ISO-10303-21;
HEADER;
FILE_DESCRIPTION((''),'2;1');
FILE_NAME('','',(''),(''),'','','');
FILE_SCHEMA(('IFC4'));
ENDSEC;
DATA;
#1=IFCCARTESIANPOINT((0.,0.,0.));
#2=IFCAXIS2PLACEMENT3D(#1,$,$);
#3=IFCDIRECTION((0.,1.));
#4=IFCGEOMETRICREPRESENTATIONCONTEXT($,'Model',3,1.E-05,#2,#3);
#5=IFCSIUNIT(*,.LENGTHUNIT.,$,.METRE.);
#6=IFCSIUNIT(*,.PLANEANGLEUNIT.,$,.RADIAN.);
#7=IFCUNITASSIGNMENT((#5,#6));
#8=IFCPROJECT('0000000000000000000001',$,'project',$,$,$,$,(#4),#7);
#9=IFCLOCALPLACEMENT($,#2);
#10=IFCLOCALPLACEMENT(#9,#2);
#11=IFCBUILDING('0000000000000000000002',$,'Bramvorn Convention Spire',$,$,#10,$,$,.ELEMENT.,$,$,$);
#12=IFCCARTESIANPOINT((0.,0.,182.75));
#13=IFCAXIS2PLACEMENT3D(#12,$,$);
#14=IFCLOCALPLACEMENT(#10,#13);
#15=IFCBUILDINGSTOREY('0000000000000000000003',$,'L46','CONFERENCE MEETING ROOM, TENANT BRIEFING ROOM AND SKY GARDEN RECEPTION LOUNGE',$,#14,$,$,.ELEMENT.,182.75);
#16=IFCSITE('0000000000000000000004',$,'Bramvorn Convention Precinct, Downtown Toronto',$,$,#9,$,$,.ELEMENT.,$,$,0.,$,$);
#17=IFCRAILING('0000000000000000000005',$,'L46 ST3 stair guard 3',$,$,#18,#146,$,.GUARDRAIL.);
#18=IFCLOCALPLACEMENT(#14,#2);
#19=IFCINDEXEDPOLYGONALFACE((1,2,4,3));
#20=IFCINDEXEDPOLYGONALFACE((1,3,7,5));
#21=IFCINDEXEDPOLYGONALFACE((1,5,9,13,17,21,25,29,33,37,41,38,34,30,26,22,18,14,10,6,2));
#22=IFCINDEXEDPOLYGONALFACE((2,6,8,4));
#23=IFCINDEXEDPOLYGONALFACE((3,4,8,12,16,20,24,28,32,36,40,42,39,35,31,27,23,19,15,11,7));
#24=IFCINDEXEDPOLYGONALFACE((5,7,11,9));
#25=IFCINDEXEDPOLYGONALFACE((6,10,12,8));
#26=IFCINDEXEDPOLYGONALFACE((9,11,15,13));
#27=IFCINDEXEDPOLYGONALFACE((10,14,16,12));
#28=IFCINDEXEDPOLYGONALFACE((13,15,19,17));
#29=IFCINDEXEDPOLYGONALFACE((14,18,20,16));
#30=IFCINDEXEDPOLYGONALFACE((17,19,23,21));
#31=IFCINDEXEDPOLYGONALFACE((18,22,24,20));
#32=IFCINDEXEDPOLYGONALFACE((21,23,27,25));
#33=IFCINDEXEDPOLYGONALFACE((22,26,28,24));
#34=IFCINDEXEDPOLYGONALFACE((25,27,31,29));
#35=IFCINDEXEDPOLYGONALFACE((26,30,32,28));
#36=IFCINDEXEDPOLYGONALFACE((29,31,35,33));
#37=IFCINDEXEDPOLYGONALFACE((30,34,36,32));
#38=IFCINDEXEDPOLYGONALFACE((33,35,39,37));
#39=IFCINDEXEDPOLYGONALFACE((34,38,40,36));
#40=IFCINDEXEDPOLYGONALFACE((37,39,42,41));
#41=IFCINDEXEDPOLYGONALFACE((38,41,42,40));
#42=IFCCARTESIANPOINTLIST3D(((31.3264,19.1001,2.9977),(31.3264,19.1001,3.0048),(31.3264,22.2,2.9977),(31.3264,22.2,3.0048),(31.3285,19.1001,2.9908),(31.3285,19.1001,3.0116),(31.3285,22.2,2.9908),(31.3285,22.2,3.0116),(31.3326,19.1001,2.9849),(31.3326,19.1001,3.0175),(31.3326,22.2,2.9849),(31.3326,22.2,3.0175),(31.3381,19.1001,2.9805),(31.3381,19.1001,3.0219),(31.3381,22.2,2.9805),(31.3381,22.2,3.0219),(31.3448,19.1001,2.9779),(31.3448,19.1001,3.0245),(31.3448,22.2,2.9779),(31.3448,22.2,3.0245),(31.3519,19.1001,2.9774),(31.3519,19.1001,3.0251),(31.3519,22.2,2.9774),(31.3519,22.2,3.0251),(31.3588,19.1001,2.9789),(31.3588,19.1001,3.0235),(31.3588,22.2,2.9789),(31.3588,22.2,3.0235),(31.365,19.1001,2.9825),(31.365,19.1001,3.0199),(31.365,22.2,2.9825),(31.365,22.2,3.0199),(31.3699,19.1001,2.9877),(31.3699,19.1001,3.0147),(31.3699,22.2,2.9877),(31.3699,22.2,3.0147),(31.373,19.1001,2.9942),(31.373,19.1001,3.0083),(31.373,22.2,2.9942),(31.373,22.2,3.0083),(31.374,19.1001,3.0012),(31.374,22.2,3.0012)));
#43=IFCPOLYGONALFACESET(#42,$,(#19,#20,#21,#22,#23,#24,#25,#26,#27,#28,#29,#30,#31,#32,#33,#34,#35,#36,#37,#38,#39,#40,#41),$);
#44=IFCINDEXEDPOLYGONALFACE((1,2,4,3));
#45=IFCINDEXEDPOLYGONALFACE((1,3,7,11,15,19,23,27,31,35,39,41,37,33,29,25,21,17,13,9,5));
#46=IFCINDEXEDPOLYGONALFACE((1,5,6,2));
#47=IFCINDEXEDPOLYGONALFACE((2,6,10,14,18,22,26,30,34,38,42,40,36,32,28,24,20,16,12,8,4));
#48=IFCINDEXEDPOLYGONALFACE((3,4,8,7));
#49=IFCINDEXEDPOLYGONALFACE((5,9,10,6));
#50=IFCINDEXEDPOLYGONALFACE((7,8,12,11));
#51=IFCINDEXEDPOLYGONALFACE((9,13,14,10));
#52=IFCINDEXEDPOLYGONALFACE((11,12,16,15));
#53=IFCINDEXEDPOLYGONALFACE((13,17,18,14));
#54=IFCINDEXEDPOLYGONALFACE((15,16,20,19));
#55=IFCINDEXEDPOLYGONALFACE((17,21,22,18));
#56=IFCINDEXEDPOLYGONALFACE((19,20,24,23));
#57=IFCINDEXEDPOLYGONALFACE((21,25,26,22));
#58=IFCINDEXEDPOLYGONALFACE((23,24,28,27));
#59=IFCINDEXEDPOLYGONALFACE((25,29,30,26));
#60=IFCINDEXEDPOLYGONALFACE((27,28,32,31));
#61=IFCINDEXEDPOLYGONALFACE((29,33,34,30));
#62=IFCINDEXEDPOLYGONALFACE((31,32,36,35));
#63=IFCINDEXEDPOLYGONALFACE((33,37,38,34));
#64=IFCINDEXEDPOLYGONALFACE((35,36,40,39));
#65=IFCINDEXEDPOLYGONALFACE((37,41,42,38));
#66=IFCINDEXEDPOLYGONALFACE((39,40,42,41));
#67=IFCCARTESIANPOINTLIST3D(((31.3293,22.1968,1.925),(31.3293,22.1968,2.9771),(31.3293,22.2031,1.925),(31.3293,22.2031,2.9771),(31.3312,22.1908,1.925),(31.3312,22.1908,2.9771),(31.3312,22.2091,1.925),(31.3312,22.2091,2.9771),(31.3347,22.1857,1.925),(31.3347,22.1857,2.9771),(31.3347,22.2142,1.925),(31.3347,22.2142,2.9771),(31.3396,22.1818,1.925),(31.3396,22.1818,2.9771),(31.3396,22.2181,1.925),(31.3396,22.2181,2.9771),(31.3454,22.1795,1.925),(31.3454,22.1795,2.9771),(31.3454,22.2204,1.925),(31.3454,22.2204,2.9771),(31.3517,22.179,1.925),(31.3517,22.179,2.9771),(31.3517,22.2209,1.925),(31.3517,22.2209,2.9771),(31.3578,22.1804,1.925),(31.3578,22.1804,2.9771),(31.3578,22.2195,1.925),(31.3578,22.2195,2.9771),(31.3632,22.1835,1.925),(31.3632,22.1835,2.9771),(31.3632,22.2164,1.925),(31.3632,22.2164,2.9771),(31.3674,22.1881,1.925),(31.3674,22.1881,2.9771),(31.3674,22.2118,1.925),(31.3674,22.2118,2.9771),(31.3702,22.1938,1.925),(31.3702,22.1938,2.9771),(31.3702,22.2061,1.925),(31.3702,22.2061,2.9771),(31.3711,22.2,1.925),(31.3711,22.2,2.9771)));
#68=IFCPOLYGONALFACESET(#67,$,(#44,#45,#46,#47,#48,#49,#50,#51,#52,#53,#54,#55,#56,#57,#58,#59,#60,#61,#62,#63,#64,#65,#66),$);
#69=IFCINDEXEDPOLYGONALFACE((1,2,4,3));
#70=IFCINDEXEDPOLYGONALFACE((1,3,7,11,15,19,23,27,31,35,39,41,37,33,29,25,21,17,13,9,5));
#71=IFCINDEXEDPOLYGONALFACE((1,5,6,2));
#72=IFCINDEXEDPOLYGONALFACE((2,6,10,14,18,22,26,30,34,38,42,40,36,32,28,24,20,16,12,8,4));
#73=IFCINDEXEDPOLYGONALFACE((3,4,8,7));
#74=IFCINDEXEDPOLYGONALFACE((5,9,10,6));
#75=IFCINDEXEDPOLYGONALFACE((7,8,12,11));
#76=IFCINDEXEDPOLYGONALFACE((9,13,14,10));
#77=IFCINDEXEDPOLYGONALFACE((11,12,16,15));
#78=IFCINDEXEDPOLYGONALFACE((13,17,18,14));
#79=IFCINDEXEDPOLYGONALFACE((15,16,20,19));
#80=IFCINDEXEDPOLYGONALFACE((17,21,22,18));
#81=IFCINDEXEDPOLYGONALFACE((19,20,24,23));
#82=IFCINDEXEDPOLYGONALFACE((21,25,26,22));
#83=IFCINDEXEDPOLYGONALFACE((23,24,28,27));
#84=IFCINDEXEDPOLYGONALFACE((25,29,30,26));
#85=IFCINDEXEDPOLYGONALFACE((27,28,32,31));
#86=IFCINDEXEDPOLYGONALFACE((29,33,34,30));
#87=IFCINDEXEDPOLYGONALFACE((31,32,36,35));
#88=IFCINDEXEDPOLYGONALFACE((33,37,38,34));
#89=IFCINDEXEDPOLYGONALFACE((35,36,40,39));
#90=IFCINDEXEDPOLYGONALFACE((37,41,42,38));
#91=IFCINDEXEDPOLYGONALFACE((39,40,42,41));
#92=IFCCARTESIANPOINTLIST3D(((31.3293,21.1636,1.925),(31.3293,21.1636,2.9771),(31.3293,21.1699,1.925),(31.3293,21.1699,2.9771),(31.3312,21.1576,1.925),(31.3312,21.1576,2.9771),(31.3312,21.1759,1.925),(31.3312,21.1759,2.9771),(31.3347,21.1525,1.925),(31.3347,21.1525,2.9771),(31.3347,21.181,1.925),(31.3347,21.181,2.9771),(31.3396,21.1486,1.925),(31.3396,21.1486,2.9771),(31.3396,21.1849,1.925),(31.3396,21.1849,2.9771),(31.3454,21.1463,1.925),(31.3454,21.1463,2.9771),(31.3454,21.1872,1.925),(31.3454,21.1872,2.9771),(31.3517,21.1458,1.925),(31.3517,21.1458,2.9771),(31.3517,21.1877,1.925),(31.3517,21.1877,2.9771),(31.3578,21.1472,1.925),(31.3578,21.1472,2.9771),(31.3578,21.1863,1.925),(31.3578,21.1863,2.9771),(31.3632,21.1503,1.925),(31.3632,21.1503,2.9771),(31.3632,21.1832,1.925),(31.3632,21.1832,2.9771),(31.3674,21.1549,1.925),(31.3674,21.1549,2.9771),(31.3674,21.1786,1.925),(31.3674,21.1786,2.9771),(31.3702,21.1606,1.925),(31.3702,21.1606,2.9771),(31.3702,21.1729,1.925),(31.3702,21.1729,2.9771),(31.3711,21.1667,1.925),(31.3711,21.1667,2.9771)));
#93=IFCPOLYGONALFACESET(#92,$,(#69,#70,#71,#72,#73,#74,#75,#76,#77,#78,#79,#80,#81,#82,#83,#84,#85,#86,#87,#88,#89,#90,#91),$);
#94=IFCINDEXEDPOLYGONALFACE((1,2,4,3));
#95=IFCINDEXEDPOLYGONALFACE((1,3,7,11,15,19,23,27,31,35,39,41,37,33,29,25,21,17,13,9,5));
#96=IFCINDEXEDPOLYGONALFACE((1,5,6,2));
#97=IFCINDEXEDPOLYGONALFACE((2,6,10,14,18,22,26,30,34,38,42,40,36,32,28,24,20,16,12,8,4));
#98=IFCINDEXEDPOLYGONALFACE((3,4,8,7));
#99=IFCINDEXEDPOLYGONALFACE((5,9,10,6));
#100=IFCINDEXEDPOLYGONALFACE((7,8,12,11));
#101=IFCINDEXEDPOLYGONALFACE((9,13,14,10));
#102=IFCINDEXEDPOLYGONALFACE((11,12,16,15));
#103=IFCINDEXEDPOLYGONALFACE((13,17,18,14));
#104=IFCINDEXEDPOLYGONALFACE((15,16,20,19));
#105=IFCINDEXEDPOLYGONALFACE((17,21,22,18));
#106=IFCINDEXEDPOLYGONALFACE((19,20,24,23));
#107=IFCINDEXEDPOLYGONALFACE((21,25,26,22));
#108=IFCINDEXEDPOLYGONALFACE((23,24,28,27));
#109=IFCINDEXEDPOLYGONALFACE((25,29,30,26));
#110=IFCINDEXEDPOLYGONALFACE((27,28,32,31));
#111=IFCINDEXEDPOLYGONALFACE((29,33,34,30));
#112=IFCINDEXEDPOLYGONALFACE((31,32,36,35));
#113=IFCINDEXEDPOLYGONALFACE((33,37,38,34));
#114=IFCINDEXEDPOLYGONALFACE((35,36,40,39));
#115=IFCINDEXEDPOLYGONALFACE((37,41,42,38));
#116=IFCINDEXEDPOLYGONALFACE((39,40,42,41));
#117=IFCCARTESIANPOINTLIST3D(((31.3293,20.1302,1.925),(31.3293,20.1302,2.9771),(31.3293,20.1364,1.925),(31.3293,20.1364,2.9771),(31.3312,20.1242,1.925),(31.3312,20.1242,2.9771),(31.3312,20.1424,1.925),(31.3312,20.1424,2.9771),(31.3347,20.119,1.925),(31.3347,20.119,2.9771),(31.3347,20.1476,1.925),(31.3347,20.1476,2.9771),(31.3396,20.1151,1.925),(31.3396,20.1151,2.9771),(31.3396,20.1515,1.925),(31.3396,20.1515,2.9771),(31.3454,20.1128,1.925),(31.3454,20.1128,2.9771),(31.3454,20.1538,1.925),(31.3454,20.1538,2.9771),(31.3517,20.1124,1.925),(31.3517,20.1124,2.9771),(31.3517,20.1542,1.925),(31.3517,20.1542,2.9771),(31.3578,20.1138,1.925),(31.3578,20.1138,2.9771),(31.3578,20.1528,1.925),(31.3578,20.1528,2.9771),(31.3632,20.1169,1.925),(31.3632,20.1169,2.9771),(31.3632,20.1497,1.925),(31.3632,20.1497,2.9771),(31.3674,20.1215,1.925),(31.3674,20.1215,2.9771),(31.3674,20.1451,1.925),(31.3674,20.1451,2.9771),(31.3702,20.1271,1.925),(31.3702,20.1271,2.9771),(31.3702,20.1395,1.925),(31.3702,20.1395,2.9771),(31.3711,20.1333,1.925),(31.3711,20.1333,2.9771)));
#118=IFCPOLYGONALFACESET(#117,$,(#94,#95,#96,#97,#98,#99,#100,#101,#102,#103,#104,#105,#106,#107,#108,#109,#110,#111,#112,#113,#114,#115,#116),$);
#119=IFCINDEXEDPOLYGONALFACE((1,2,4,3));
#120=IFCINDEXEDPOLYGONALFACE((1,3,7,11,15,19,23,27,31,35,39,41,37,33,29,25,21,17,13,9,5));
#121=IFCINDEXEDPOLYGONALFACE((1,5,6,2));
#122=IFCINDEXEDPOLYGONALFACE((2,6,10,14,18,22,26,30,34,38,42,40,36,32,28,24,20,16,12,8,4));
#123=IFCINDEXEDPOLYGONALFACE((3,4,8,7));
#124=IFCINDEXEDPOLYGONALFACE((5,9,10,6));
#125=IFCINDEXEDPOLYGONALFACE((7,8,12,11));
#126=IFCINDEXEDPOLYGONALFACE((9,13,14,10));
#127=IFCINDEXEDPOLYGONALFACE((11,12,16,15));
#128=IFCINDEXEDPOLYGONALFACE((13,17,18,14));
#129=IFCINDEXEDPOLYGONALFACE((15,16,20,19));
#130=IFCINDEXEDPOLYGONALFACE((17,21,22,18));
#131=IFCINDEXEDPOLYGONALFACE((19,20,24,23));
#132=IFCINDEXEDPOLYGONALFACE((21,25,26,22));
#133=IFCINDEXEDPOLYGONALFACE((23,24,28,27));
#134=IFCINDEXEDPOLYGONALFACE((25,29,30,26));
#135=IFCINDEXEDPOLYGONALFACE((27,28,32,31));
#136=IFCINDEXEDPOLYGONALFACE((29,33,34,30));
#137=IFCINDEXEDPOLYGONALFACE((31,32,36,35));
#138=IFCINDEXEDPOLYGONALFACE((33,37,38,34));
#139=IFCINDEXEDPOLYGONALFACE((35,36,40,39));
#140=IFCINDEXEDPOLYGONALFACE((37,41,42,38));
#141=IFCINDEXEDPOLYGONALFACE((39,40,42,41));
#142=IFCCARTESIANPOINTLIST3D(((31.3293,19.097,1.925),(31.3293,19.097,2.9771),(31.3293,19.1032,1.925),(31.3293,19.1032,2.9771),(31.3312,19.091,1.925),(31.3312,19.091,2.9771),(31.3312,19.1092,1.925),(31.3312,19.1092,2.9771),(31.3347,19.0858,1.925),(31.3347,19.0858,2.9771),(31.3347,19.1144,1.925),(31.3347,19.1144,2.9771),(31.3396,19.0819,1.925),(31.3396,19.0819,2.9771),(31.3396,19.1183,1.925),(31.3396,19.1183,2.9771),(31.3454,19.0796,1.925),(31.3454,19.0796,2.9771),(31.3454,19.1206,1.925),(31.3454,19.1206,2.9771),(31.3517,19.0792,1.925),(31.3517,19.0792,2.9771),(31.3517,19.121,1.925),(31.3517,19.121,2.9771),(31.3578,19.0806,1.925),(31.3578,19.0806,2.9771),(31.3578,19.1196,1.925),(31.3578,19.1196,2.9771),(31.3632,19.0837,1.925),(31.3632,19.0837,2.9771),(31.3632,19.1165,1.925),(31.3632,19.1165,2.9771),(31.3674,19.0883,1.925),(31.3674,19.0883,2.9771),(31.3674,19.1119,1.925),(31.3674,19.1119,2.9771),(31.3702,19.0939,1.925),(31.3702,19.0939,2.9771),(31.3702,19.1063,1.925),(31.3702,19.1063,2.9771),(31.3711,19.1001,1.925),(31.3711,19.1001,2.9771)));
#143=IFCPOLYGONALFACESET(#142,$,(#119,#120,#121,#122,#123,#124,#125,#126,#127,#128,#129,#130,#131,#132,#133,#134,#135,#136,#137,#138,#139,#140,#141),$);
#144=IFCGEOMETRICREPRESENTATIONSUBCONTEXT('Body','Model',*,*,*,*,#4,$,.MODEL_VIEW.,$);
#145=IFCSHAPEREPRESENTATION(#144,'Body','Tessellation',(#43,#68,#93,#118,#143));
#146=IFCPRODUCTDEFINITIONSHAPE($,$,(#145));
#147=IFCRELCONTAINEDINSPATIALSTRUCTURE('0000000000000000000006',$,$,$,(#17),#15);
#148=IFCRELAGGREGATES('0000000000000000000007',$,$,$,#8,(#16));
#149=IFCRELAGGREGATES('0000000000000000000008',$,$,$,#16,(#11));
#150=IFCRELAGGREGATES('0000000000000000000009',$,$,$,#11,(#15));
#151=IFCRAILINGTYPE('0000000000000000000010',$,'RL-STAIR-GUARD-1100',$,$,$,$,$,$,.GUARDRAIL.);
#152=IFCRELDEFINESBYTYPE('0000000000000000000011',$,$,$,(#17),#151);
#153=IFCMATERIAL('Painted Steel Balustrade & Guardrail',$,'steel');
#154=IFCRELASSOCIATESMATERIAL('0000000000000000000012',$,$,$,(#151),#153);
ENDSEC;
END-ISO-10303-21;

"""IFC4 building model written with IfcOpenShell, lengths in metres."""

from ifc_helpers import new_model, si_unit, direction, frame, origin, origin_2d, place, context, subcontext, project, spatial, circle, extrude, material, type_object, element, save


model = new_model("IFC4")

# Units and contexts
model_context = context("Model", 3, precision=1e-05, world=origin(), true_north=direction((0.0, 1.0)))
body_context = subcontext(model_context, "Body", "Model", "MODEL_VIEW")
ifc_project = project(units=[si_unit("LENGTHUNIT", "METRE"), si_unit("PLANEANGLEUNIT", "RADIAN")], contexts=[model_context])

# Site, building, storey
site_placement = place(None, origin())
site = spatial("IfcSite", under=ifc_project, at=site_placement, Name="Bramvorn Convention Precinct, Downtown Toronto", CompositionType="ELEMENT", RefElevation=0.0)
building_placement = place(site_placement, origin())
building = spatial("IfcBuilding", under=site, at=building_placement, Name="Bramvorn Convention Spire", CompositionType="ELEMENT")
storey_placement = place(building_placement, frame((0.0, 0.0, 182.75)))
storey = spatial("IfcBuildingStorey", under=building, at=storey_placement, Name="L46", Description="CONFERENCE MEETING ROOM, TENANT BRIEFING ROOM AND SKY GARDEN RECEPTION LOUNGE", CompositionType="ELEMENT", Elevation=182.75)

# Railing
ifc_material_1 = material(Name="Painted Steel Balustrade & Guardrail", Category="steel")
railing_type_1 = type_object("IfcRailingType", Name="RL-STAIR-GUARD-1100", PredefinedType="GUARDRAIL", material=ifc_material_1)
for number, where, name in (
    (1, (31.3501, 22.2, 1.925), "L46 ST3 stair guard 3"),
):
    element("IfcRailing", number, at=place(storey_placement, frame(where)), inside=storey, type_object=railing_type_1, Name=name, PredefinedType="GUARDRAIL", context=body_context, shape_type="SweptSolid", body=[
        extrude(circle(Radius=0.0239, at=origin_2d()), frame((0.0, 0.0, 1.0762), z_axis=(0.0, -1.0, 0.0), x_axis=(1.0, 0.0, 0.0)), (0.0, 0.0, 1.0), 3.0999),
        extrude(circle(Radius=0.021, at=origin_2d()), origin(), (0.0, 0.0, 1.0), 1.052),
        extrude(circle(Radius=0.021, at=origin_2d()), frame((0.0, -1.0332, 0.0)), (0.0, 0.0, 1.0), 1.052),
        extrude(circle(Radius=0.021, at=origin_2d()), frame((0.0, -2.0667, 0.0)), (0.0, 0.0, 1.0), 1.052),
        extrude(circle(Radius=0.021, at=origin_2d()), frame((0.0, -3.0999, 0.0)), (0.0, 0.0, 1.0), 1.052),
    ])

save(model, "model.ifc")
